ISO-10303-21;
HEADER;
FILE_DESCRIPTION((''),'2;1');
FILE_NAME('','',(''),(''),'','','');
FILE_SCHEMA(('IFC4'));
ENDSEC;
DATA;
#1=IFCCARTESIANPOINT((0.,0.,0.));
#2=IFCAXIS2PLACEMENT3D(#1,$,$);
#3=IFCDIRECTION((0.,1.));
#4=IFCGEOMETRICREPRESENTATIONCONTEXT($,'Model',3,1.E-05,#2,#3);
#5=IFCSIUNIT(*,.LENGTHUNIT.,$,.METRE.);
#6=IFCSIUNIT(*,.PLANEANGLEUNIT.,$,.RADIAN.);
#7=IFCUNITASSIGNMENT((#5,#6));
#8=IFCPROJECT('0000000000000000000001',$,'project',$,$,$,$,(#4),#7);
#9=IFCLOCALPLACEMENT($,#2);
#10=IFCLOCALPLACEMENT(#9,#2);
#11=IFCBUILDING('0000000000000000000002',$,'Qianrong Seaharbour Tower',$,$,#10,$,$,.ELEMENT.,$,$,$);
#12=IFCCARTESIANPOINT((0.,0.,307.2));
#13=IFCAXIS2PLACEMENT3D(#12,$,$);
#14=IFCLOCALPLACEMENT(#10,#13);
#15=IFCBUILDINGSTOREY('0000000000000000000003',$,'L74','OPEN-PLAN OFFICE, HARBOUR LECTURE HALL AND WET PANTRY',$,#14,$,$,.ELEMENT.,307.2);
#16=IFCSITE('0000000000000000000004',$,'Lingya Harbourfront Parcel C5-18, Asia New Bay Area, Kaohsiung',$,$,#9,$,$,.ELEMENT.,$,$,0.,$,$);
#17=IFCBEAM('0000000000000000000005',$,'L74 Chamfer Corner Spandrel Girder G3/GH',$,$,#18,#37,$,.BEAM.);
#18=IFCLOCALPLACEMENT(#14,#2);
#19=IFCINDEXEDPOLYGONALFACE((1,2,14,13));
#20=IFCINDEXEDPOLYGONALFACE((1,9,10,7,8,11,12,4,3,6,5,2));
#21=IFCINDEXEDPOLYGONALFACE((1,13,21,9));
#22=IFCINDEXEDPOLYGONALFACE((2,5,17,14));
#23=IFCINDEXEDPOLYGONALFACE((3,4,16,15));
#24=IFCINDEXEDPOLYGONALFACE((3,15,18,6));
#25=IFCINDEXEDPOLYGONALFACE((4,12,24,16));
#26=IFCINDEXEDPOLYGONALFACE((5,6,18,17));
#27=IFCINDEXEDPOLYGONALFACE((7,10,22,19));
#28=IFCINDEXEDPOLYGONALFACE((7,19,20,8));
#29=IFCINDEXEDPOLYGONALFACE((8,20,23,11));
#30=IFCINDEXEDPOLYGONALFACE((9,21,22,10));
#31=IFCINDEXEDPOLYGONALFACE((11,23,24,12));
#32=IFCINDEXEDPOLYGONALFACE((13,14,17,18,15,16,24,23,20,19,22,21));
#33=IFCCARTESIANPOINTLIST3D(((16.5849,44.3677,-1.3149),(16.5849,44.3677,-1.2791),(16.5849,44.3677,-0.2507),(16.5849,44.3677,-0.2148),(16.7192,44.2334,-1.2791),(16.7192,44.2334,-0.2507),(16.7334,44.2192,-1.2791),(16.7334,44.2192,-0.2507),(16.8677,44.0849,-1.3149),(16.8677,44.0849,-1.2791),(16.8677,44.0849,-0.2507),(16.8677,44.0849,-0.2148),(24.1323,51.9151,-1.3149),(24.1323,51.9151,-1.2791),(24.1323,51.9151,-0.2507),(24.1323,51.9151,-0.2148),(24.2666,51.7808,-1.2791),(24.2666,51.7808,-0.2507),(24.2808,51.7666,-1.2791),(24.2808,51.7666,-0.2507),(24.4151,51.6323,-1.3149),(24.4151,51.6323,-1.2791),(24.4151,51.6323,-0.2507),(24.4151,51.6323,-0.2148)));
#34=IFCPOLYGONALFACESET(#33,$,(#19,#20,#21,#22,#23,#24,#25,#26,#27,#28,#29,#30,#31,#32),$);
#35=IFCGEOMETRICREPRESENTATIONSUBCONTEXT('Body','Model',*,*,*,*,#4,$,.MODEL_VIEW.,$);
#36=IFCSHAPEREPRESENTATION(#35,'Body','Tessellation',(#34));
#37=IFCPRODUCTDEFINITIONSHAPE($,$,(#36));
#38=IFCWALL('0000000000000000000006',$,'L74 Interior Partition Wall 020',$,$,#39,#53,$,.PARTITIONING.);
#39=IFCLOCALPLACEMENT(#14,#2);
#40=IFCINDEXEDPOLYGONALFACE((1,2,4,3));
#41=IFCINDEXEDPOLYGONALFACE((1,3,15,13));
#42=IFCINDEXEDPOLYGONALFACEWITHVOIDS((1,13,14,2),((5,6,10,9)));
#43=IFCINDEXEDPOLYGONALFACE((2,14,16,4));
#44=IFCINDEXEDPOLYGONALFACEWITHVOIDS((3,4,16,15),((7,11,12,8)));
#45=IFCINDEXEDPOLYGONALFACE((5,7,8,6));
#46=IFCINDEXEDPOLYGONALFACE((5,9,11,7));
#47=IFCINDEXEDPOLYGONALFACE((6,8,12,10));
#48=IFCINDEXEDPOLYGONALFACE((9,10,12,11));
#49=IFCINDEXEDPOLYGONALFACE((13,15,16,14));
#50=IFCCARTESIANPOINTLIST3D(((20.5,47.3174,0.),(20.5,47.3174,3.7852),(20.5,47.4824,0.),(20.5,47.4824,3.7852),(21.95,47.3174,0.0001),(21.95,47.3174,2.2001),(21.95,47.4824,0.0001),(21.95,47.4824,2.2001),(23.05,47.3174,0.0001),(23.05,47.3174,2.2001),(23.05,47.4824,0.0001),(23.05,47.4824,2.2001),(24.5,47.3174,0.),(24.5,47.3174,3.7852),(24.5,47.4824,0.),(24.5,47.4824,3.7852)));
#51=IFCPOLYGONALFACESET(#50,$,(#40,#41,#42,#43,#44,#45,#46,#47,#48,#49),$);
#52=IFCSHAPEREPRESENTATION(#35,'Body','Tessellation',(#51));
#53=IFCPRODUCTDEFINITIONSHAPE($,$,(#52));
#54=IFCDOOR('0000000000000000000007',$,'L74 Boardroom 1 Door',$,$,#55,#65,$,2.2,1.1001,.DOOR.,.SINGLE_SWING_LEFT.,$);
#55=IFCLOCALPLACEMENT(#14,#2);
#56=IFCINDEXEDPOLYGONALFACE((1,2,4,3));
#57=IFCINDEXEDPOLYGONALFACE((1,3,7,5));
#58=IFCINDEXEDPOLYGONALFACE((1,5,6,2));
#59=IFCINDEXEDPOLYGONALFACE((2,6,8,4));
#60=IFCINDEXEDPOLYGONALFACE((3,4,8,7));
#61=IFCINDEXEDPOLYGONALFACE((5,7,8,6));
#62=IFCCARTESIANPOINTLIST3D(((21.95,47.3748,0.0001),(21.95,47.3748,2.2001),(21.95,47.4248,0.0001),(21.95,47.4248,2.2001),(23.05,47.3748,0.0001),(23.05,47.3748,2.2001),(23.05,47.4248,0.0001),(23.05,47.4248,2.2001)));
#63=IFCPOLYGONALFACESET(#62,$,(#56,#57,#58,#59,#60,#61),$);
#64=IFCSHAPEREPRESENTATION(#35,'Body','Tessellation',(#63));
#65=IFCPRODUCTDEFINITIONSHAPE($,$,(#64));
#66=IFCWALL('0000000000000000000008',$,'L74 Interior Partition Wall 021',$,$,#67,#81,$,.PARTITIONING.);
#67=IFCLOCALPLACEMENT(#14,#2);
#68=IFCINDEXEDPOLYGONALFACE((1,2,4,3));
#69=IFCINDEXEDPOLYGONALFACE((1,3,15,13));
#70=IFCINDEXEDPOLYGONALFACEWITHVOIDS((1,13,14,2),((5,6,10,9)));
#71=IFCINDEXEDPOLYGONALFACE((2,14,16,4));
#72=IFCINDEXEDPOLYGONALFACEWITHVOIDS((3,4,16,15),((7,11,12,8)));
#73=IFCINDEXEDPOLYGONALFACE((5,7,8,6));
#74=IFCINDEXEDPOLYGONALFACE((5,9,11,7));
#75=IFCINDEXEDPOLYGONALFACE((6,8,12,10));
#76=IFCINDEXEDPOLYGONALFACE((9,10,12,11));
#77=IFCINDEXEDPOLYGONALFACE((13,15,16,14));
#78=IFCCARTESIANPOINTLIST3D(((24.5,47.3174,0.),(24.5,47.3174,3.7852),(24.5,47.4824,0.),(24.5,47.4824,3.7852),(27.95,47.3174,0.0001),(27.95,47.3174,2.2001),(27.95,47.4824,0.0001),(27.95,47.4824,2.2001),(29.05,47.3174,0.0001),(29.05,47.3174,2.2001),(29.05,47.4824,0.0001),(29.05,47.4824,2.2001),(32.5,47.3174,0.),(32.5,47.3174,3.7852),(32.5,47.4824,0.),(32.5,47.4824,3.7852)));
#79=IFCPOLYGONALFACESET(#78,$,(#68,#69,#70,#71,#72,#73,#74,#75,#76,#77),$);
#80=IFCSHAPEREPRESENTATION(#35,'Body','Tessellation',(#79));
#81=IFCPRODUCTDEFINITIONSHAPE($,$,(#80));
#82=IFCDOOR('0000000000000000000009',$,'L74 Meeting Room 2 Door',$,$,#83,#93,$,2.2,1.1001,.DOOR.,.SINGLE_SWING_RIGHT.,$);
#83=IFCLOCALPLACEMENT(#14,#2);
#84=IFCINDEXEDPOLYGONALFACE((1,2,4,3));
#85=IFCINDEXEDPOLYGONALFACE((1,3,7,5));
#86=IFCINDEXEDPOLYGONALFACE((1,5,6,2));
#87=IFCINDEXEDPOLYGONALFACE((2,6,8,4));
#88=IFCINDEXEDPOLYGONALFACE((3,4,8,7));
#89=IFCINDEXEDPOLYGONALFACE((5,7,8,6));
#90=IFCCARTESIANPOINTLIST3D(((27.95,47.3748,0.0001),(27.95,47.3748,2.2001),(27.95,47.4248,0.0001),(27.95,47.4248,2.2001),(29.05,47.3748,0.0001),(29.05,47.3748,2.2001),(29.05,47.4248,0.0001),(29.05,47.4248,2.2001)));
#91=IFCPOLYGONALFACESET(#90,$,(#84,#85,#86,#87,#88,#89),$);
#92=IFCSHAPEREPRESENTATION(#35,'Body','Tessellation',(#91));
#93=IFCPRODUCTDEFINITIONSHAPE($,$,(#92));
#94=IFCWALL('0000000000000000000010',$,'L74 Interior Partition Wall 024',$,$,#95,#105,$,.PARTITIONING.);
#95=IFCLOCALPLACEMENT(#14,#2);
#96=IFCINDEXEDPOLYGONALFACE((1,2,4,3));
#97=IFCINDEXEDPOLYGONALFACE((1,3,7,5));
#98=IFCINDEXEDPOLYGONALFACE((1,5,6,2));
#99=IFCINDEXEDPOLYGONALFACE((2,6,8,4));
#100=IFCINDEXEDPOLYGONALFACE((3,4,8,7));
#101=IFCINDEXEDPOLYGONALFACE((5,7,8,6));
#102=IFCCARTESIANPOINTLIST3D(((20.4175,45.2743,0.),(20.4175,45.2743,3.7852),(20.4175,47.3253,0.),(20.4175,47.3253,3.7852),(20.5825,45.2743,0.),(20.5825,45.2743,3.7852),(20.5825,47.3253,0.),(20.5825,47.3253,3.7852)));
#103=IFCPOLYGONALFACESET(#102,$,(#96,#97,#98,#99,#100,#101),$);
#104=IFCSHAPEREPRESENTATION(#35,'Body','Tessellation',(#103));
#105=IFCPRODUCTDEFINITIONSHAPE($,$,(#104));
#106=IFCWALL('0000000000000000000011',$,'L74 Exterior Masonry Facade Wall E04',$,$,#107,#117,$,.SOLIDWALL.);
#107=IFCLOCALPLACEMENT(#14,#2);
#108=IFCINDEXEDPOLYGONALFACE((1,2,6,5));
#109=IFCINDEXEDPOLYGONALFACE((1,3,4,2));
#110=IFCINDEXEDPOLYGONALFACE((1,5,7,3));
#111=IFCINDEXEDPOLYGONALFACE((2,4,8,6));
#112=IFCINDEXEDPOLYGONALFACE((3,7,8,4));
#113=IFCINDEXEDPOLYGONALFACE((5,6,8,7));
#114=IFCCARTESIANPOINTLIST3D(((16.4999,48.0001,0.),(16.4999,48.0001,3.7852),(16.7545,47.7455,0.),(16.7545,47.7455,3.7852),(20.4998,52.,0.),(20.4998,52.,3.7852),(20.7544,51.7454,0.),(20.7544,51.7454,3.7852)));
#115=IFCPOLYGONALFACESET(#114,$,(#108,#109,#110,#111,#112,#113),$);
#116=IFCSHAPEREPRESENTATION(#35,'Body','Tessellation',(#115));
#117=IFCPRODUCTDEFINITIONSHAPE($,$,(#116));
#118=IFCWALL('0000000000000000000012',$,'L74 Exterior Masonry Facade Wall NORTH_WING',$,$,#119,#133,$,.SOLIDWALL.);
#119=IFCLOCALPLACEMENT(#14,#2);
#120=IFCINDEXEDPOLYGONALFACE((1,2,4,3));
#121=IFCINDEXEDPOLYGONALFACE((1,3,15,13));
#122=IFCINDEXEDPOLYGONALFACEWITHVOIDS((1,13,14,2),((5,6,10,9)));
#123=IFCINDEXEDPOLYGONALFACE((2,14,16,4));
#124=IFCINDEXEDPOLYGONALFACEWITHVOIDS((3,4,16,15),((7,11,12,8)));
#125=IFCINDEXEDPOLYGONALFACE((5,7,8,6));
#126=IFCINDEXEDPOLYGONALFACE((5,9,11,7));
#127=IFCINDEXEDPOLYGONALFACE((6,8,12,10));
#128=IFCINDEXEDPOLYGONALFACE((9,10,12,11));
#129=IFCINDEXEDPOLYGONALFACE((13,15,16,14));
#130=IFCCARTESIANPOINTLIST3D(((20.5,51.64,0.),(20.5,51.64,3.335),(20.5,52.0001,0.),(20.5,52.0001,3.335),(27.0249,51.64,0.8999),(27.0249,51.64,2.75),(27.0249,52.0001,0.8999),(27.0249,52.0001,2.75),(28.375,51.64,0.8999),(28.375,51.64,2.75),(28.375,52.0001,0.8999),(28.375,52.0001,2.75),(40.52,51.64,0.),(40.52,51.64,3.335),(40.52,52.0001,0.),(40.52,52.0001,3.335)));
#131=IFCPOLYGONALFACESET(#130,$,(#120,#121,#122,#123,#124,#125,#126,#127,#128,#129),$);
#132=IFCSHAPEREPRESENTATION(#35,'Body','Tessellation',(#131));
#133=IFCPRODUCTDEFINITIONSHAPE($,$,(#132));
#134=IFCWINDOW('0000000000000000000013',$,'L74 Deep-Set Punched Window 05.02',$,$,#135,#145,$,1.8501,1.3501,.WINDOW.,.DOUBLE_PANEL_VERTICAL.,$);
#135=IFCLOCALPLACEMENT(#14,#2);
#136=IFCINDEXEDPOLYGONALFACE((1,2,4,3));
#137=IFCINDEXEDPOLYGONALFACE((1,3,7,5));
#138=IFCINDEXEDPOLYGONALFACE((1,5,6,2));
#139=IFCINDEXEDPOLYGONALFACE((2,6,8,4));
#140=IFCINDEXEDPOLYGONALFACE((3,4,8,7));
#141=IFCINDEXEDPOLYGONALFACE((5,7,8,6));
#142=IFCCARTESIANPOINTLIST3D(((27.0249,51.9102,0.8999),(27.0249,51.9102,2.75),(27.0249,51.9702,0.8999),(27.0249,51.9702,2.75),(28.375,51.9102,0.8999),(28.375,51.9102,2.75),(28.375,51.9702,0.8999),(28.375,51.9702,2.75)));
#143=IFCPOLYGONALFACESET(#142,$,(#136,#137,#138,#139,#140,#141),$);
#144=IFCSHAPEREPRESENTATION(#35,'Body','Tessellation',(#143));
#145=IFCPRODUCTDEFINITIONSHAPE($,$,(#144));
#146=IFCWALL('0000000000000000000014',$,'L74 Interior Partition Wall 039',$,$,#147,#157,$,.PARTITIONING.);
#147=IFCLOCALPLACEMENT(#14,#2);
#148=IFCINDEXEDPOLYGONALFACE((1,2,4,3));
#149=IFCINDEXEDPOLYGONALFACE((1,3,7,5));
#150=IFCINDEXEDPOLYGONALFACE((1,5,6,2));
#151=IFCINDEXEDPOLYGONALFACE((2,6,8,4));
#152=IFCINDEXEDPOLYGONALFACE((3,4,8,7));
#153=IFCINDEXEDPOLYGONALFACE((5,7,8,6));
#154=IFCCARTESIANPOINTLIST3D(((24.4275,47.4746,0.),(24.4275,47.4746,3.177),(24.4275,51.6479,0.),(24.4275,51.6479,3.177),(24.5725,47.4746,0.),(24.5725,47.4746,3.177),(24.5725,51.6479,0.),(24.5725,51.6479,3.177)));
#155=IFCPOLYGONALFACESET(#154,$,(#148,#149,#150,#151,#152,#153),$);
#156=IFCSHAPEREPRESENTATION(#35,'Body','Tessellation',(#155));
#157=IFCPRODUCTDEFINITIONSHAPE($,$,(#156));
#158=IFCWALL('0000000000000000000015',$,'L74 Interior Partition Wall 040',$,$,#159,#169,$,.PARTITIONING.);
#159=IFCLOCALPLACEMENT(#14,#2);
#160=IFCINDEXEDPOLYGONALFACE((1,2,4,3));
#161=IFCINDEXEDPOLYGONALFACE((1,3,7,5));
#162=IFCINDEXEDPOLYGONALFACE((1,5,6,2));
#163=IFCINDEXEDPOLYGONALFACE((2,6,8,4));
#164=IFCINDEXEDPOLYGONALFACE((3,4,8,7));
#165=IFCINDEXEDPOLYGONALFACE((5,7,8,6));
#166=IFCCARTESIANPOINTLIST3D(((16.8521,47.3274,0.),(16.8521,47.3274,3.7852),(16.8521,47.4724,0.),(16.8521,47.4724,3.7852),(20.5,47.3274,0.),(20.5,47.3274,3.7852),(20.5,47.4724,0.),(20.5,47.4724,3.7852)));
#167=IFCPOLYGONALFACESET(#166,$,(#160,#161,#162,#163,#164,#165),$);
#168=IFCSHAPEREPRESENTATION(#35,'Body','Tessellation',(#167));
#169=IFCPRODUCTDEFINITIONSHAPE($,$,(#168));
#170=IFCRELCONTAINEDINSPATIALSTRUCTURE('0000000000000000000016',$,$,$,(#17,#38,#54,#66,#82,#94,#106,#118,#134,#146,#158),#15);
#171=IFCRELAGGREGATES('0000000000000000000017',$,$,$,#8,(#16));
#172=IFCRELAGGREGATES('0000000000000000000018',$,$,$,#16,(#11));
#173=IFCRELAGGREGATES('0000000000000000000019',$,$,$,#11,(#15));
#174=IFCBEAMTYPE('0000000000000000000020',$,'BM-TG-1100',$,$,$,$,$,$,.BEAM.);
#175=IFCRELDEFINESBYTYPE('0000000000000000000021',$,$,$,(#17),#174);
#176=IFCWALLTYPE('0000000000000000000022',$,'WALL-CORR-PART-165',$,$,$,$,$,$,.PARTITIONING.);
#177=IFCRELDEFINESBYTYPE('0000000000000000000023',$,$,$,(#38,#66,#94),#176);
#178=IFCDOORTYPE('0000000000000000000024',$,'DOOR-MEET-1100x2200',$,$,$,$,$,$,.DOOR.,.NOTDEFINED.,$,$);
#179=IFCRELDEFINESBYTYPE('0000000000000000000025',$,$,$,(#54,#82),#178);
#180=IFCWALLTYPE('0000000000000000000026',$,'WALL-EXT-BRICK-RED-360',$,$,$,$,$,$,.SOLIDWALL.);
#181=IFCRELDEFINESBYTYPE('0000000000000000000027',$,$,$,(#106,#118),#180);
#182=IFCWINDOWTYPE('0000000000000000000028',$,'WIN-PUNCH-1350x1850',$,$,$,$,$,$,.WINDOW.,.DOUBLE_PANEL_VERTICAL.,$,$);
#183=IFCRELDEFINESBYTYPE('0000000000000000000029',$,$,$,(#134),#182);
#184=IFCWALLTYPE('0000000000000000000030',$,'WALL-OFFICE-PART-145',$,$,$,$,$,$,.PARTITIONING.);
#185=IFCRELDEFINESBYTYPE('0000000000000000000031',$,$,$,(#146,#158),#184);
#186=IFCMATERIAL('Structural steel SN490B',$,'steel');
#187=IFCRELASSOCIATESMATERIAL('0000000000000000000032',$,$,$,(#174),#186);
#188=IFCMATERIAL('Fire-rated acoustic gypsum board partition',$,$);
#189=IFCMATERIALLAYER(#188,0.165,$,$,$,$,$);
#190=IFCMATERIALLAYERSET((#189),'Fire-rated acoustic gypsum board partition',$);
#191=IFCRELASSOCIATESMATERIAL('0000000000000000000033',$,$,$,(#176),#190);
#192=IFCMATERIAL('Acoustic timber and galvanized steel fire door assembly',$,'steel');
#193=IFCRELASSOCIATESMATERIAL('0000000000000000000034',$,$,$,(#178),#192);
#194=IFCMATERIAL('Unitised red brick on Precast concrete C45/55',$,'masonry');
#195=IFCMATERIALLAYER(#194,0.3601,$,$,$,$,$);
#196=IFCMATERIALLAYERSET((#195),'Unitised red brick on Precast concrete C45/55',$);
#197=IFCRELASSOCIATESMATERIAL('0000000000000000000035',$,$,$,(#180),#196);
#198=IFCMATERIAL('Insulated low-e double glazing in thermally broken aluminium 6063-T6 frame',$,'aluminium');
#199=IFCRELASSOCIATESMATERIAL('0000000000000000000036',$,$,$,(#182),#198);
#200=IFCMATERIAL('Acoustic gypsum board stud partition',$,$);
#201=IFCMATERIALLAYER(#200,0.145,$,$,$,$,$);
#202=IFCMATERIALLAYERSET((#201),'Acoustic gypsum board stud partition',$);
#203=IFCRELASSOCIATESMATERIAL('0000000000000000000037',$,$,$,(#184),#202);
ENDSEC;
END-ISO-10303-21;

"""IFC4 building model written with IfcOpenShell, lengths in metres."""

from ifc_helpers import new_model, si_unit, direction, frame, frame_2d, origin, origin_2d, place, context, subcontext, project, spatial, rectangle, i_section, extrude, material, layer, layer_set, material_profile, profile_set, type_object, element, fill, save


model = new_model("IFC4")

# Units and contexts
model_context = context("Model", 3, precision=1e-05, world=origin(), true_north=direction((0.0, 1.0)))
body_context = subcontext(model_context, "Body", "Model", "MODEL_VIEW")
ifc_project = project(units=[si_unit("LENGTHUNIT", "METRE"), si_unit("PLANEANGLEUNIT", "RADIAN")], contexts=[model_context])

# Site, building, storey
site_placement = place(None, origin())
site = spatial("IfcSite", under=ifc_project, at=site_placement, Name="Lingya Harbourfront Parcel C5-18, Asia New Bay Area, Kaohsiung", CompositionType="ELEMENT", RefElevation=0.0)
building_placement = place(site_placement, origin())
building = spatial("IfcBuilding", under=site, at=building_placement, Name="Qianrong Seaharbour Tower", CompositionType="ELEMENT")
storey_placement = place(building_placement, frame((0.0, 0.0, 307.2)))
storey = spatial("IfcBuildingStorey", under=building, at=storey_placement, Name="L74", Description="OPEN-PLAN OFFICE, HARBOUR LECTURE HALL AND WET PANTRY", CompositionType="ELEMENT", Elevation=307.2)

# Shared definitions
ifc_material_1 = material(Name="Structural steel SN490B", Category="steel")

# Beam
ifc_material_profile_1 = material_profile(ifc_material_1, i_section(OverallWidth=0.3999, OverallDepth=1.1001, WebThickness=0.02, FlangeThickness=0.0359, at=origin_2d()), Name="BH1100x400x20x36")
ifc_profile_set_1 = profile_set([ifc_material_profile_1], Name="Structural steel SN490B")
beam_type_1 = type_object("IfcBeamType", Name="BM-TG-1100", PredefinedType="BEAM", material=ifc_profile_set_1)
beam_1_placement = place(storey_placement, frame((24.2737, 51.7737, -0.7649), z_axis=(-0.707107, -0.707107, 0.0), x_axis=(0.707107, -0.707107, 0.0)))
element("IfcBeam", 1, at=beam_1_placement, inside=storey, type_object=beam_type_1, Name="L74 Chamfer Corner Spandrel Girder G3/GH", PredefinedType="BEAM", context=body_context, shape_type="SweptSolid", body=[
    extrude(i_section(OverallWidth=0.3999, OverallDepth=1.1001, WebThickness=0.02, FlangeThickness=0.0359, at=origin_2d()), origin(), (0.0, 0.0, 1.0), 10.6736),
])

# Walls, openings, doors
ifc_material_2 = material(Name="Fire-rated acoustic gypsum board partition")
ifc_layer_1 = layer(ifc_material_2, 0.165)
ifc_layer_set_1 = layer_set([ifc_layer_1], Name="Fire-rated acoustic gypsum board partition")
wall_type_1 = type_object("IfcWallType", Name="WALL-CORR-PART-165", PredefinedType="PARTITIONING", material=ifc_layer_set_1)
wall_1_placement = place(storey_placement, frame((20.5, 47.3999, 0.0), z_axis=(0.0, 0.0, 1.0), x_axis=(1.0, 0.0, 0.0)))
wall_1 = element("IfcWall", 2, at=wall_1_placement, inside=storey, type_object=wall_type_1, Name="L74 Interior Partition Wall 020", PredefinedType="PARTITIONING", context=body_context, shape_type="SweptSolid", body=[
    extrude(rectangle(XDim=4.0, YDim=0.165, at=frame_2d((2.0, 0.0))), origin(), (0.0, 0.0, 1.0), 3.7852),
])
opening_1_placement = place(wall_1_placement, frame((1.45, 0.0, 0.0)))
opening_1 = element("IfcOpeningElement", 3, at=opening_1_placement, cuts=wall_1, PredefinedType="OPENING", context=body_context, shape_type="SweptSolid", body=[
    extrude(rectangle(XDim=1.1001, YDim=2.2, at=frame_2d((0.55, 1.1001))), frame((0.0, 0.0925, 0.0), z_axis=(0.0, -1.0, 0.0), x_axis=(1.0, 0.0, 0.0)), (0.0, 0.0, 1.0), 0.1851),
])
ifc_material_3 = material(Name="Acoustic timber and galvanized steel fire door assembly", Category="steel")
door_type_1 = type_object("IfcDoorType", Name="DOOR-MEET-1100x2200", OperationType="NOTDEFINED", PredefinedType="DOOR", material=ifc_material_3)
door_1_placement = place(opening_1_placement, origin())
door_1 = element("IfcDoor", 4, at=door_1_placement, inside=storey, type_object=door_type_1, Name="L74 Boardroom 1 Door", OperationType="SINGLE_SWING_LEFT", OverallHeight=2.2, OverallWidth=1.1001, PredefinedType="DOOR", context=body_context, shape_type="SweptSolid", body=[
    extrude(rectangle(XDim=1.1001, YDim=2.2, at=frame_2d((0.55, 1.1001))), frame((0.0, 0.0249, 0.0), z_axis=(0.0, -1.0, 0.0), x_axis=(1.0, 0.0, 0.0)), (0.0, 0.0, 1.0), 0.05),
])
fill(opening_1, door_1)
wall_2_placement = place(storey_placement, frame((24.5, 47.3999, 0.0), z_axis=(0.0, 0.0, 1.0), x_axis=(1.0, 0.0, 0.0)))
wall_2 = element("IfcWall", 5, at=wall_2_placement, inside=storey, type_object=wall_type_1, Name="L74 Interior Partition Wall 021", PredefinedType="PARTITIONING", context=body_context, shape_type="SweptSolid", body=[
    extrude(rectangle(XDim=8.0, YDim=0.165, at=frame_2d((4.0, 0.0))), origin(), (0.0, 0.0, 1.0), 3.7852),
])
opening_2_placement = place(wall_2_placement, frame((3.45, 0.0, 0.0)))
opening_2 = element("IfcOpeningElement", 6, at=opening_2_placement, cuts=wall_2, PredefinedType="OPENING", context=body_context, shape_type="SweptSolid", body=[
    extrude(rectangle(XDim=1.1001, YDim=2.2, at=frame_2d((0.55, 1.1001))), frame((0.0, 0.0925, 0.0), z_axis=(0.0, -1.0, 0.0), x_axis=(1.0, 0.0, 0.0)), (0.0, 0.0, 1.0), 0.1851),
])
door_2_placement = place(opening_2_placement, origin())
door_2 = element("IfcDoor", 7, at=door_2_placement, inside=storey, type_object=door_type_1, Name="L74 Meeting Room 2 Door", OperationType="SINGLE_SWING_RIGHT", OverallHeight=2.2, OverallWidth=1.1001, PredefinedType="DOOR", context=body_context, shape_type="SweptSolid", body=[
    extrude(rectangle(XDim=1.1001, YDim=2.2, at=frame_2d((0.55, 1.1001))), frame((0.0, 0.0249, 0.0), z_axis=(0.0, -1.0, 0.0), x_axis=(1.0, 0.0, 0.0)), (0.0, 0.0, 1.0), 0.05),
])
fill(opening_2, door_2)

# Walls
wall_3_placement = place(storey_placement, frame((20.5, 45.2744, 0.0), z_axis=(0.0, 0.0, 1.0), x_axis=(0.0, 1.0, 0.0)))
element("IfcWall", 8, at=wall_3_placement, inside=storey, type_object=wall_type_1, Name="L74 Interior Partition Wall 024", PredefinedType="PARTITIONING", context=body_context, shape_type="SweptSolid", body=[
    extrude(rectangle(XDim=2.051, YDim=0.165, at=frame_2d((1.0254, 0.0))), origin(), (0.0, 0.0, 1.0), 3.7852),
])
ifc_material_4 = material(Name="Unitised red brick on Precast concrete C45/55", Category="masonry")
ifc_layer_2 = layer(ifc_material_4, 0.3601)
ifc_layer_set_2 = layer_set([ifc_layer_2], Name="Unitised red brick on Precast concrete C45/55")
wall_type_2 = type_object("IfcWallType", Name="WALL-EXT-BRICK-RED-360", PredefinedType="SOLIDWALL", material=ifc_layer_set_2)
wall_4_placement = place(storey_placement, frame((16.6272, 47.8728, 0.0), z_axis=(0.0, 0.0, 1.0), x_axis=(0.707107, 0.707107, 0.0)))
element("IfcWall", 9, at=wall_4_placement, inside=storey, type_object=wall_type_2, Name="L74 Exterior Masonry Facade Wall E04", PredefinedType="SOLIDWALL", context=body_context, shape_type="SweptSolid", body=[
    extrude(rectangle(XDim=5.6567, YDim=0.3601, at=frame_2d((2.8284, 0.0))), origin(), (0.0, 0.0, 1.0), 3.7852),
])

# Wall, opening, window
wall_5_placement = place(storey_placement, frame((20.5, 51.8201, 0.0), z_axis=(0.0, 0.0, 1.0), x_axis=(1.0, 0.0, 0.0)))
wall_5 = element("IfcWall", 10, at=wall_5_placement, inside=storey, type_object=wall_type_2, Name="L74 Exterior Masonry Facade Wall NORTH_WING", PredefinedType="SOLIDWALL", context=body_context, shape_type="SweptSolid", body=[
    extrude(rectangle(XDim=20.02, YDim=0.3601, at=frame_2d((10.01, 0.0))), origin(), (0.0, 0.0, 1.0), 3.335),
])
opening_3_placement = place(wall_5_placement, frame((6.5249, 0.0, 0.8999)))
opening_3 = element("IfcOpeningElement", 11, at=opening_3_placement, cuts=wall_5, PredefinedType="OPENING", context=body_context, shape_type="SweptSolid", body=[
    extrude(rectangle(XDim=1.3501, YDim=1.8501, at=frame_2d((0.675, 0.925))), frame((0.0, 0.1899, 0.0), z_axis=(0.0, -1.0, 0.0), x_axis=(1.0, 0.0, 0.0)), (0.0, 0.0, 1.0), 0.3801),
])
ifc_material_5 = material(Name="Insulated low-e double glazing in thermally broken aluminium 6063-T6 frame", Category="aluminium")
window_type = type_object("IfcWindowType", Name="WIN-PUNCH-1350x1850", PartitioningType="DOUBLE_PANEL_VERTICAL", PredefinedType="WINDOW", material=ifc_material_5)
window_placement = place(opening_3_placement, origin())
window = element("IfcWindow", 12, at=window_placement, inside=storey, type_object=window_type, Name="L74 Deep-Set Punched Window 05.02", OverallHeight=1.8501, OverallWidth=1.3501, PartitioningType="DOUBLE_PANEL_VERTICAL", PredefinedType="WINDOW", context=body_context, shape_type="SweptSolid", body=[
    extrude(rectangle(XDim=1.3501, YDim=1.8501, at=frame_2d((0.675, 0.925))), frame((0.0, 0.1501, 0.0), z_axis=(0.0, -1.0, 0.0), x_axis=(1.0, 0.0, 0.0)), (0.0, 0.0, 1.0), 0.0601),
])
fill(opening_3, window)

# Walls
ifc_material_6 = material(Name="Acoustic gypsum board stud partition")
ifc_layer_3 = layer(ifc_material_6, 0.145)
ifc_layer_set_3 = layer_set([ifc_layer_3], Name="Acoustic gypsum board stud partition")
wall_type_3 = type_object("IfcWallType", Name="WALL-OFFICE-PART-145", PredefinedType="PARTITIONING", material=ifc_layer_set_3)
wall_6_placement = place(storey_placement, frame((24.5, 51.6479, 0.0), z_axis=(0.0, 0.0, 1.0), x_axis=(0.0, -1.0, 0.0)))
element("IfcWall", 13, at=wall_6_placement, inside=storey, type_object=wall_type_3, Name="L74 Interior Partition Wall 039", PredefinedType="PARTITIONING", context=body_context, shape_type="SweptSolid", body=[
    extrude(rectangle(XDim=4.1733, YDim=0.145, at=frame_2d((2.0867, 0.0))), origin(), (0.0, 0.0, 1.0), 3.177),
])
wall_7_placement = place(storey_placement, frame((20.5, 47.3999, 0.0), z_axis=(0.0, 0.0, 1.0), x_axis=(-1.0, 0.0, 0.0)))
element("IfcWall", 14, at=wall_7_placement, inside=storey, type_object=wall_type_3, Name="L74 Interior Partition Wall 040", PredefinedType="PARTITIONING", context=body_context, shape_type="SweptSolid", body=[
    extrude(rectangle(XDim=3.6479, YDim=0.145, at=frame_2d((1.824, 0.0))), origin(), (0.0, 0.0, 1.0), 3.7852),
])

save(model, "model.ifc")
